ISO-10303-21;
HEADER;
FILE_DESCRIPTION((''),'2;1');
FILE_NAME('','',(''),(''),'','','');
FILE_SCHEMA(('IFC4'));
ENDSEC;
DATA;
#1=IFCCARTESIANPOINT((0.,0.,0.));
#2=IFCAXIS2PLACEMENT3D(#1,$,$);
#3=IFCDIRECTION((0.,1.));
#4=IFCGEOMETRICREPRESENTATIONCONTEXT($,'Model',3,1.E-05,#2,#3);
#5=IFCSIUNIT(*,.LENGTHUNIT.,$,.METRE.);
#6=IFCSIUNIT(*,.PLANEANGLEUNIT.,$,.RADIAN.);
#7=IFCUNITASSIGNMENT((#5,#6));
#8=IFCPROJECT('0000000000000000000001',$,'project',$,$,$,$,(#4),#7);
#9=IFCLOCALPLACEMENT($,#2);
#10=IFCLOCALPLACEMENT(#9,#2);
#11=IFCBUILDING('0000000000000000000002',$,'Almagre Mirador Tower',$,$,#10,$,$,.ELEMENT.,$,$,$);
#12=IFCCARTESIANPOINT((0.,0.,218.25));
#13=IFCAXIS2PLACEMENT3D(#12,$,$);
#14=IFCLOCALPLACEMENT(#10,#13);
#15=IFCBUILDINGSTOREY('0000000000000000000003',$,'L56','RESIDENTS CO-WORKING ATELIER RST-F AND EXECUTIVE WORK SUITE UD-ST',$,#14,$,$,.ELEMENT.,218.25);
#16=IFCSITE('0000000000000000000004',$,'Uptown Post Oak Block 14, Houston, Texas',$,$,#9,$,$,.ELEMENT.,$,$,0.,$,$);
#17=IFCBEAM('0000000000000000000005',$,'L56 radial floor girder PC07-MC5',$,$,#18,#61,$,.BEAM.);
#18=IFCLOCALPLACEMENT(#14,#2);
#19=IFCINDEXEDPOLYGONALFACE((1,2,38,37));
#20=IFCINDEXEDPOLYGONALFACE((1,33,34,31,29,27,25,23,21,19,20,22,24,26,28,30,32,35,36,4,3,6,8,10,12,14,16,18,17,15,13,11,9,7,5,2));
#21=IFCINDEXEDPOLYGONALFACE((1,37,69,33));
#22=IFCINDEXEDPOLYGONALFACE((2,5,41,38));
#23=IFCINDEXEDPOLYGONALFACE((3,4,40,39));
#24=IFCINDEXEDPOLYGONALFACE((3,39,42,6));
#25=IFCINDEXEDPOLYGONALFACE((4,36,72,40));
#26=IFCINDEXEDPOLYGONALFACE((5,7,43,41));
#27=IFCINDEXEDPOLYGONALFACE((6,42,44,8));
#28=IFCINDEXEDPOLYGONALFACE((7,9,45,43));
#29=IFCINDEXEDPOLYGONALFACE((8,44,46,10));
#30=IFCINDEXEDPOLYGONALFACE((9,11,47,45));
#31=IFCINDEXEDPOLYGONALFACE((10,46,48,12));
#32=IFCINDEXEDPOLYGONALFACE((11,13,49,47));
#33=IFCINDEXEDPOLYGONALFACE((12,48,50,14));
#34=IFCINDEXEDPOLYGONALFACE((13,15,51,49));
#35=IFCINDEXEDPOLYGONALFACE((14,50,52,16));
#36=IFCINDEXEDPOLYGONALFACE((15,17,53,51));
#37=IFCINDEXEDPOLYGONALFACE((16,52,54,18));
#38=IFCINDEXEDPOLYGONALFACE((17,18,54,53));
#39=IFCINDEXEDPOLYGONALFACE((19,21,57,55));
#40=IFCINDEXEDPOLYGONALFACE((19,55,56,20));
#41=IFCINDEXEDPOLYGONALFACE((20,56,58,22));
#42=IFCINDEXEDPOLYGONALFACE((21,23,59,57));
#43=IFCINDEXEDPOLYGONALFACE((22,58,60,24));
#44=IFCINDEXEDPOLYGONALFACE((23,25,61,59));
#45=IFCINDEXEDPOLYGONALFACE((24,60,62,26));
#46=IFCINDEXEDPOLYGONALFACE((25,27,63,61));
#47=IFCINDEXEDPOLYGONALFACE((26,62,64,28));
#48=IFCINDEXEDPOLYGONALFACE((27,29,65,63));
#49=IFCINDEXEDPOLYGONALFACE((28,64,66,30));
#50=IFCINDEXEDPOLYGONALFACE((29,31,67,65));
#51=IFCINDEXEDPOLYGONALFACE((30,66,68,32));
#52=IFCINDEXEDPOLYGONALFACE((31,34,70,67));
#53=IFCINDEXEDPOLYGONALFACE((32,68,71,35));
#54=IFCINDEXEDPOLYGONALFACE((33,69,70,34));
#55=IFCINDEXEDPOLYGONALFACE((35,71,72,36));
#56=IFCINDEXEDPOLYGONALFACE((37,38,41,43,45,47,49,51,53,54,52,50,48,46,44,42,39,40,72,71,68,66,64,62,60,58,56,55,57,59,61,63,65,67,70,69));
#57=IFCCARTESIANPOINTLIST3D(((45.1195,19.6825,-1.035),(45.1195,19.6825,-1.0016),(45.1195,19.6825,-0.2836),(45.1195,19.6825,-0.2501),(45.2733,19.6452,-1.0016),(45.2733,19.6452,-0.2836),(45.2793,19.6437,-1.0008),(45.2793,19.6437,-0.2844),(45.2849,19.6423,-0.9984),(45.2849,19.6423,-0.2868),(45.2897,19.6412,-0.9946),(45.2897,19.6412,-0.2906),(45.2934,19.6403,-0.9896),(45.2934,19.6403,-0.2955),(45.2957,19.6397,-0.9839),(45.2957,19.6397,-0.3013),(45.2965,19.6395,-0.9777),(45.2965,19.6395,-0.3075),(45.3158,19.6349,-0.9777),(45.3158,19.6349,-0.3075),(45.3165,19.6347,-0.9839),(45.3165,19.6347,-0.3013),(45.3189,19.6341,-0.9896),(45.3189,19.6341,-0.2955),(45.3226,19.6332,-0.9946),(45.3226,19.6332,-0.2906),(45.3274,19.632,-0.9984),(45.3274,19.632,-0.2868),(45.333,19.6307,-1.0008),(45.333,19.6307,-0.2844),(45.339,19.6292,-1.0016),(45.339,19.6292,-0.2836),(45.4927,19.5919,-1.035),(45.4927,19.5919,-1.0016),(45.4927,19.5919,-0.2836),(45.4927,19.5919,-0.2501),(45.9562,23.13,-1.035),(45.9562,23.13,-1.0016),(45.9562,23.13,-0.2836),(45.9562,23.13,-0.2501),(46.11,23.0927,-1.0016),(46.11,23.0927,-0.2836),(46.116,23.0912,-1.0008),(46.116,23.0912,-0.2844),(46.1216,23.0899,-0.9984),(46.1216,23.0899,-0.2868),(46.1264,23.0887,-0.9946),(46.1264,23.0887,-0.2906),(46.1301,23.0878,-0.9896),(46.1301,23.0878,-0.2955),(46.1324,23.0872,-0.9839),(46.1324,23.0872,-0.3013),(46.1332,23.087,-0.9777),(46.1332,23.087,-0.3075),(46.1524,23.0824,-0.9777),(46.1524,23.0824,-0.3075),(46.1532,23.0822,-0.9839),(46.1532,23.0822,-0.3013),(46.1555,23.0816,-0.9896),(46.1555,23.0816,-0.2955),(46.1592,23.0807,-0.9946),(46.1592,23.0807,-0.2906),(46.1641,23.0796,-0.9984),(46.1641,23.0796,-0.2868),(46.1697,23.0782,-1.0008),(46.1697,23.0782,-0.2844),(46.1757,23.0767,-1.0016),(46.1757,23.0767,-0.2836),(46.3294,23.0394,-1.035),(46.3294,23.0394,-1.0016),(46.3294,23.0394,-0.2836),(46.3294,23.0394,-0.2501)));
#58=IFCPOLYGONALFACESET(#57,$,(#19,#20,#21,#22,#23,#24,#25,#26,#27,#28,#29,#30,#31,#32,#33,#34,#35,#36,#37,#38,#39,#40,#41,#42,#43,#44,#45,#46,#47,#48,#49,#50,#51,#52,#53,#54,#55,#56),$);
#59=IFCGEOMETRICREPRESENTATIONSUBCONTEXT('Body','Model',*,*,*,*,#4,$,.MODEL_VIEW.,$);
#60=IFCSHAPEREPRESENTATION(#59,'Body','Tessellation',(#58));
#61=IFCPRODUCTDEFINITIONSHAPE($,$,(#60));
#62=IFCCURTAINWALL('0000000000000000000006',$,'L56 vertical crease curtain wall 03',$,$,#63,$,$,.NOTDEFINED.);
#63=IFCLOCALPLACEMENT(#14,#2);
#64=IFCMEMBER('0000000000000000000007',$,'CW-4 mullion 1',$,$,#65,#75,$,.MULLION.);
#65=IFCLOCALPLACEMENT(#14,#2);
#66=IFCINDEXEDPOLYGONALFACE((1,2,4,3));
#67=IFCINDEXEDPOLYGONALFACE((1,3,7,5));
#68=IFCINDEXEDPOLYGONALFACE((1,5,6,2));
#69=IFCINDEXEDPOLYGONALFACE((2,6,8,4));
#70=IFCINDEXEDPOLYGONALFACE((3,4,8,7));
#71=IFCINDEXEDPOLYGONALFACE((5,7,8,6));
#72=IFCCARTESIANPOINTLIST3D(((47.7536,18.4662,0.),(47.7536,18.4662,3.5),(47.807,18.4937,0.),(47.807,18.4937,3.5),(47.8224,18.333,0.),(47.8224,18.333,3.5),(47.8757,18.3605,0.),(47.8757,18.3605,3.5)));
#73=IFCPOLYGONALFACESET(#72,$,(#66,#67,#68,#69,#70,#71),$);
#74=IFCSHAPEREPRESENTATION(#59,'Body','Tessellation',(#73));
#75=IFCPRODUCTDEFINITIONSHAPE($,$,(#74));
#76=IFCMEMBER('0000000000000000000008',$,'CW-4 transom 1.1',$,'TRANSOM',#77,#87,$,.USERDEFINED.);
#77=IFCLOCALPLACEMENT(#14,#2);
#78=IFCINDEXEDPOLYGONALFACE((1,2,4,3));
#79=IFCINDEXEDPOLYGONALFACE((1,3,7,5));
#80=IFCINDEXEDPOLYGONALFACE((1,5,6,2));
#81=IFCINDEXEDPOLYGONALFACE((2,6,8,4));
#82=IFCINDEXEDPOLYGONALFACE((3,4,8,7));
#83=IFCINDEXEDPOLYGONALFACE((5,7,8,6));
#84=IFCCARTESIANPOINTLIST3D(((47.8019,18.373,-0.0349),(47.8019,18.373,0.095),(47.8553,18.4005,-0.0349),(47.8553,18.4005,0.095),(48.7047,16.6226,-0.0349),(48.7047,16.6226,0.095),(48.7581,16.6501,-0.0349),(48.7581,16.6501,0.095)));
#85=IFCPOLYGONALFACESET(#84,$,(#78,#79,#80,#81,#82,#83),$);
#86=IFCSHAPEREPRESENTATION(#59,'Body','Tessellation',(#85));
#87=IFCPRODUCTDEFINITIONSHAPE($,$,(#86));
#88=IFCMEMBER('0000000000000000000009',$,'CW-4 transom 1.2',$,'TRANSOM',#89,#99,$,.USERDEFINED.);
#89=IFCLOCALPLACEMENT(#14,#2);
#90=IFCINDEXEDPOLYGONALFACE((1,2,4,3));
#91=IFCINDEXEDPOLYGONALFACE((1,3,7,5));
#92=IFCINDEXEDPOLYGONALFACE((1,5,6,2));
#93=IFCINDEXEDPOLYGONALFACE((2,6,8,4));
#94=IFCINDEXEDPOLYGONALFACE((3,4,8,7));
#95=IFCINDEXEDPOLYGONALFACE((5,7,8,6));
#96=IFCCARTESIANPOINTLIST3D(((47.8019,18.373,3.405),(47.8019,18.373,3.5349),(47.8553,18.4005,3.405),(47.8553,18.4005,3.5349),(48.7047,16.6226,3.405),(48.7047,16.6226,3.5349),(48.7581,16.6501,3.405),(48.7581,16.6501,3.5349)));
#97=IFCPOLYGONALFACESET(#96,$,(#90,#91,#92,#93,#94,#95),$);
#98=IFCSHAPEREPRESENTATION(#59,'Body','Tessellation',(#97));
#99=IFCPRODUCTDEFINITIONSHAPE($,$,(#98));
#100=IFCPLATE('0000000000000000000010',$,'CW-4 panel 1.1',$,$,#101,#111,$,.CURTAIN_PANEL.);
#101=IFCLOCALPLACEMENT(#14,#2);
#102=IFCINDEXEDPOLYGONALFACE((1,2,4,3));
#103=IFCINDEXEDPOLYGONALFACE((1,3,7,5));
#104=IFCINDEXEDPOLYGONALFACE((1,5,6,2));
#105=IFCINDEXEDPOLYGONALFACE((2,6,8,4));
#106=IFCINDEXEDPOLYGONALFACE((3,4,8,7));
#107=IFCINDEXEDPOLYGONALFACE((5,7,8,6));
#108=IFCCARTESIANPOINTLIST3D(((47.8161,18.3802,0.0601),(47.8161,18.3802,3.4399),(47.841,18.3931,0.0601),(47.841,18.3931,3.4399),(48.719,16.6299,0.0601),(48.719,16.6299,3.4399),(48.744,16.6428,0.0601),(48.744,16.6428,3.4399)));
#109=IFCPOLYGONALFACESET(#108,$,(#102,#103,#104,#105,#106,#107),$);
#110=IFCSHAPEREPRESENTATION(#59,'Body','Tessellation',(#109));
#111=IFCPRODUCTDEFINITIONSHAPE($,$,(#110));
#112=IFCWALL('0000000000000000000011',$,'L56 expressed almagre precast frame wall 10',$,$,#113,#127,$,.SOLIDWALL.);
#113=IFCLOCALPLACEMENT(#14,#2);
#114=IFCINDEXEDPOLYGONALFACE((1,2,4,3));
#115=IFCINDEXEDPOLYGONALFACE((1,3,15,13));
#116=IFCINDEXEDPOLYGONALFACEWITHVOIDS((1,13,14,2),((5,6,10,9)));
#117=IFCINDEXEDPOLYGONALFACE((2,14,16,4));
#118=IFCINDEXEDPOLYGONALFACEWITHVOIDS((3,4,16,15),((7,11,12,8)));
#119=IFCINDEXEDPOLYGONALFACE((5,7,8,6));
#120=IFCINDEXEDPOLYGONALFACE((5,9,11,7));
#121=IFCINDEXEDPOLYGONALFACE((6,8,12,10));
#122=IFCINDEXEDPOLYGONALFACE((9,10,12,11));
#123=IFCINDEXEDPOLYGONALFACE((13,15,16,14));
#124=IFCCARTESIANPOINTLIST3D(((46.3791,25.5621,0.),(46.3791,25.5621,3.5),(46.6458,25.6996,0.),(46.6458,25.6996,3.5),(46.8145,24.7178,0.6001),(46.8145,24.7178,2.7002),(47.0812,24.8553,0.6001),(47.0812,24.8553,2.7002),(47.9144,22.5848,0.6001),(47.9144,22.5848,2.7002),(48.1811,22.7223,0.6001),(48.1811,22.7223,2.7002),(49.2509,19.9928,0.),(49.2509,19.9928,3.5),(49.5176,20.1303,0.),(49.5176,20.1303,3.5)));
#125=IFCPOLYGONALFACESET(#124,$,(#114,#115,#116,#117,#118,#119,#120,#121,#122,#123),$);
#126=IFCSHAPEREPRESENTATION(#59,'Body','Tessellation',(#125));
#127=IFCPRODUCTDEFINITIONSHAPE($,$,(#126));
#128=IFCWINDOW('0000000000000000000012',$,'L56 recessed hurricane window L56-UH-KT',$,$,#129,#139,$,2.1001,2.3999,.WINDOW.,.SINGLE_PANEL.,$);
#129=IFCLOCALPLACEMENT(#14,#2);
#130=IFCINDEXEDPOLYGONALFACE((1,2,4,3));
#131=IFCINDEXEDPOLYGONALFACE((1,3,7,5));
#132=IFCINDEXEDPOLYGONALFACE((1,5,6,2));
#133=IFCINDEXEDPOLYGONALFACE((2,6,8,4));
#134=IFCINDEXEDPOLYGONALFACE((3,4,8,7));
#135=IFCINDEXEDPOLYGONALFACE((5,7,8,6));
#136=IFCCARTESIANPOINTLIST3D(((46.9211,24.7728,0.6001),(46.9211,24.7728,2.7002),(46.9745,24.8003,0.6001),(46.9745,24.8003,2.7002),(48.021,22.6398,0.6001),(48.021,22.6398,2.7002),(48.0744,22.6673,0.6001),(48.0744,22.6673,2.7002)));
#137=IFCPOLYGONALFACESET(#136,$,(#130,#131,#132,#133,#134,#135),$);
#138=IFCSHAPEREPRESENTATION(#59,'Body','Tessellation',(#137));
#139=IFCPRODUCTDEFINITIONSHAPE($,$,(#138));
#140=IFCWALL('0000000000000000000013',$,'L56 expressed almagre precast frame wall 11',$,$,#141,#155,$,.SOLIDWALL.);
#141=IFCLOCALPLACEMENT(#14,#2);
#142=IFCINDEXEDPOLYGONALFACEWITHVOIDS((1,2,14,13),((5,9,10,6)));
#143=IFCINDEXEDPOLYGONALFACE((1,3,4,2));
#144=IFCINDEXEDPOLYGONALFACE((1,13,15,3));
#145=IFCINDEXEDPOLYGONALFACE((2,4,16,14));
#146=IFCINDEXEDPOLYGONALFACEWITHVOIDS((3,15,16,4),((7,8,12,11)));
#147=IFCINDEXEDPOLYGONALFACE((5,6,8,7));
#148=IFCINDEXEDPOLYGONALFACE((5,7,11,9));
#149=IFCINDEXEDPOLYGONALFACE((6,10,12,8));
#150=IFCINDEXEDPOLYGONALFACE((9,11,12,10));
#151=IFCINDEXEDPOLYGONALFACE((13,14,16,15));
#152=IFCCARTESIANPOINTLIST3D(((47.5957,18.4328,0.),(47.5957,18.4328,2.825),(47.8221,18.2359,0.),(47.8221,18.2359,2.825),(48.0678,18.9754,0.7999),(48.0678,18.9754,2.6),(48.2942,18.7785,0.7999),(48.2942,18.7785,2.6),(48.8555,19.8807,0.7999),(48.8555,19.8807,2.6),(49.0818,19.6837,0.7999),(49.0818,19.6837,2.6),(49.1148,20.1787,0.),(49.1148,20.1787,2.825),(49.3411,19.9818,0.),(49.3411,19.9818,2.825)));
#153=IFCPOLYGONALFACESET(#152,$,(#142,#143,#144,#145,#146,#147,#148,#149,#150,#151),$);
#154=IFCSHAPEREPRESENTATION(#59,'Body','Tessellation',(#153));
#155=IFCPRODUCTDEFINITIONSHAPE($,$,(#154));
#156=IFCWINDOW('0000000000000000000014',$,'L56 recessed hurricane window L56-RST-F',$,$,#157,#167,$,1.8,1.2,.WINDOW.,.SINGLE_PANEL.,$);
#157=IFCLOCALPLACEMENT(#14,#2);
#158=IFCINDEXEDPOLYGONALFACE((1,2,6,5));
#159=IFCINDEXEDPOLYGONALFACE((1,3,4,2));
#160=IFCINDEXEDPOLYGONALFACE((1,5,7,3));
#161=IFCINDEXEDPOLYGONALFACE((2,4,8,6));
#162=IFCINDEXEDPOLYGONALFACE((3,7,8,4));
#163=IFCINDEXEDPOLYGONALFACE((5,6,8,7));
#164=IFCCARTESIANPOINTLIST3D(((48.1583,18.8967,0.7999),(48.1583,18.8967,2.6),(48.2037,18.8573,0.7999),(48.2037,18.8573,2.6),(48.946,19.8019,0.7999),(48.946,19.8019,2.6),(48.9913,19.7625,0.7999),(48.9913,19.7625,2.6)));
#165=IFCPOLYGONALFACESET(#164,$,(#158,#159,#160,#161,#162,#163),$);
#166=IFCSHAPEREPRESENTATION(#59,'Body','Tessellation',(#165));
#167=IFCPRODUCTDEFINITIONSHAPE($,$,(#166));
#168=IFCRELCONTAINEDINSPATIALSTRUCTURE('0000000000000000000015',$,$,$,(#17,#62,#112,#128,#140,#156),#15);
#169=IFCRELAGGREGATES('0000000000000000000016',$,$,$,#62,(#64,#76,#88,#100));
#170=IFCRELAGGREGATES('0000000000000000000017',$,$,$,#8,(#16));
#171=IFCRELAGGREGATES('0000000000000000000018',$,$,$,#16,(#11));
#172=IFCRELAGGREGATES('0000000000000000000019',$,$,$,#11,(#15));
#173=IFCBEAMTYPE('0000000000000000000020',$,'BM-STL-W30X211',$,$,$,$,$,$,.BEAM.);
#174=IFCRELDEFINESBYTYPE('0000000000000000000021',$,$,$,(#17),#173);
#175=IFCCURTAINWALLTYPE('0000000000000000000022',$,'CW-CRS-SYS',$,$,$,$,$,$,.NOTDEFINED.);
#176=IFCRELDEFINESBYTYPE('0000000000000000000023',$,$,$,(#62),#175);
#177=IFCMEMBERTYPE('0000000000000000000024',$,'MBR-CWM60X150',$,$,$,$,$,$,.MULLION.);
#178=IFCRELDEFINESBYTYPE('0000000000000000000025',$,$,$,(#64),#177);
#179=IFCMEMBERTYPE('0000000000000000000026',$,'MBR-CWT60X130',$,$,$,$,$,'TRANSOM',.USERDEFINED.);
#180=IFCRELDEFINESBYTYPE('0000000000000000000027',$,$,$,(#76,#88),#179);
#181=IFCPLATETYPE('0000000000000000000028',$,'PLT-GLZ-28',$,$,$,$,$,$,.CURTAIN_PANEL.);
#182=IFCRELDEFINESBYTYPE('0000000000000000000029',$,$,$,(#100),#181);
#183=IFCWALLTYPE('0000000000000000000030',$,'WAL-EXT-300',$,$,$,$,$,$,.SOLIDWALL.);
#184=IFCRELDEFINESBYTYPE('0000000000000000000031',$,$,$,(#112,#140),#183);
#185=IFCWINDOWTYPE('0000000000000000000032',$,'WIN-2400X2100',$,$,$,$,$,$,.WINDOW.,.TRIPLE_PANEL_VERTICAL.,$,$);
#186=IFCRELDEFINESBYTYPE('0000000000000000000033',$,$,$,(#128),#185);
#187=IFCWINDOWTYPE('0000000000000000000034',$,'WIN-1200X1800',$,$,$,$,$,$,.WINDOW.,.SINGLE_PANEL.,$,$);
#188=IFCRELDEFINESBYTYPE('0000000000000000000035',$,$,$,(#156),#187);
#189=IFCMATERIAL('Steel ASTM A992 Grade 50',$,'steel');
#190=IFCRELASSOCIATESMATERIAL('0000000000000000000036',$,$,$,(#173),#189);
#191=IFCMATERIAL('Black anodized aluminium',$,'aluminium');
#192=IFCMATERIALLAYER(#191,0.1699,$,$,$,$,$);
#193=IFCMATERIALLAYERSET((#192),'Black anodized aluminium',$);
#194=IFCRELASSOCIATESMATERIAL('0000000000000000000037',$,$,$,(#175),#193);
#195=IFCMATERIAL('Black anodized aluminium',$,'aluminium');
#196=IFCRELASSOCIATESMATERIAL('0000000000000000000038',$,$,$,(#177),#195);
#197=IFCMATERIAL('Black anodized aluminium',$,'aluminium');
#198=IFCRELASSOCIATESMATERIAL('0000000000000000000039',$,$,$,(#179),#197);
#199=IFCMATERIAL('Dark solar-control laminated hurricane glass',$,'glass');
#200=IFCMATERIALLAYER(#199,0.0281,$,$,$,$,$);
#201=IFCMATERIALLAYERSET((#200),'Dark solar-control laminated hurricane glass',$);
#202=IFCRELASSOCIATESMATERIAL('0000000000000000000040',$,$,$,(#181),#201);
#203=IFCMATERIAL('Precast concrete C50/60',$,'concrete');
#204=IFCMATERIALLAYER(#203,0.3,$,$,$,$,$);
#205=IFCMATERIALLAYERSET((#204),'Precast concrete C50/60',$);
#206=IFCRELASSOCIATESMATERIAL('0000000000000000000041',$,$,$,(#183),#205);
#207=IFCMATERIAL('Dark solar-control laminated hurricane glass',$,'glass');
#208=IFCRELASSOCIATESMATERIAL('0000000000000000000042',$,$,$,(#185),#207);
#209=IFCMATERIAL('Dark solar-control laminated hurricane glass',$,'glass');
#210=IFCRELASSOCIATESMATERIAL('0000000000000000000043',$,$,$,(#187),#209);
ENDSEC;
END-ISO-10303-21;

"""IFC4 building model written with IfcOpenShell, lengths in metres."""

from ifc_helpers import new_model, si_unit, direction, frame, frame_2d, origin, origin_2d, place, context, subcontext, project, spatial, rectangle, i_section, extrude, material, layer, layer_set, material_profile, profile_set, type_object, element, fill, aggregate, save


model = new_model("IFC4")

# Units and contexts
model_context = context("Model", 3, precision=1e-05, world=origin(), true_north=direction((0.0, 1.0)))
body_context = subcontext(model_context, "Body", "Model", "MODEL_VIEW")
ifc_project = project(units=[si_unit("LENGTHUNIT", "METRE"), si_unit("PLANEANGLEUNIT", "RADIAN")], contexts=[model_context])

# Site, building, storey
site_placement = place(None, origin())
site = spatial("IfcSite", under=ifc_project, at=site_placement, Name="Uptown Post Oak Block 14, Houston, Texas", CompositionType="ELEMENT", RefElevation=0.0)
building_placement = place(site_placement, origin())
building = spatial("IfcBuilding", under=site, at=building_placement, Name="Almagre Mirador Tower", CompositionType="ELEMENT")
storey_placement = place(building_placement, frame((0.0, 0.0, 218.25)))
storey = spatial("IfcBuildingStorey", under=building, at=storey_placement, Name="L56", Description="RESIDENTS CO-WORKING ATELIER RST-F AND EXECUTIVE WORK SUITE UD-ST", CompositionType="ELEMENT", Elevation=218.25)

# Beam
ifc_material_1 = material(Name="Steel ASTM A992 Grade 50", Category="steel")
ifc_material_profile_1 = material_profile(ifc_material_1, i_section(OverallWidth=0.384, OverallDepth=0.7849, WebThickness=0.0198, FlangeThickness=0.0334, FilletRadius=0.0239, at=origin_2d()), Name="W30X211")
ifc_profile_set_1 = profile_set([ifc_material_profile_1], Name="Steel ASTM A992 Grade 50")
beam_type_1 = type_object("IfcBeamType", Name="BM-STL-W30X211", PredefinedType="BEAM", material=ifc_profile_set_1)
beam_1_placement = place(storey_placement, frame((46.1428, 23.0847, -0.6426), z_axis=(-0.235842, -0.971791, 0.0), x_axis=(0.971791, -0.235842, 0.0)))
element("IfcBeam", 1, at=beam_1_placement, inside=storey, type_object=beam_type_1, Name="L56 radial floor girder PC07-MC5", PredefinedType="BEAM", context=body_context, shape_type="SweptSolid", body=[
    extrude(i_section(OverallWidth=0.384, OverallDepth=0.7849, WebThickness=0.0198, FlangeThickness=0.0334, FilletRadius=0.0239, at=origin_2d()), origin(), (0.0, 0.0, 1.0), 3.5476),
])

# Curtain wall, members, plate
ifc_material_2 = material(Name="Black anodized aluminium", Category="aluminium")
ifc_layer_1 = layer(ifc_material_2, 0.1699)
ifc_layer_set_1 = layer_set([ifc_layer_1], Name="Black anodized aluminium")
curtain_wall_type = type_object("IfcCurtainWallType", Name="CW-CRS-SYS", PredefinedType="NOTDEFINED", material=ifc_layer_set_1)
curtain_wall_placement = place(storey_placement, origin())
curtain_wall = element("IfcCurtainWall", 2, at=curtain_wall_placement, inside=storey, type_object=curtain_wall_type, Name="L56 vertical crease curtain wall 03", PredefinedType="NOTDEFINED")
ifc_material_3 = material(Name="Black anodized aluminium", Category="aluminium")
ifc_material_profile_2 = material_profile(ifc_material_3, rectangle(XDim=0.0601, YDim=0.1499, at=origin_2d()), Name="CWM60X150")
ifc_profile_set_2 = profile_set([ifc_material_profile_2], Name="Black anodized aluminium")
member_type_1 = type_object("IfcMemberType", Name="MBR-CWM60X150", PredefinedType="MULLION", material=ifc_profile_set_2)
member_1_placement = place(storey_placement, frame((47.8147, 18.4133, 0.0), z_axis=(0.0, 0.0, 1.0), x_axis=(0.888709, 0.458472, 0.0)))
member_1 = element("IfcMember", 3, at=member_1_placement, type_object=member_type_1, Name="CW-4 mullion 1", PredefinedType="MULLION", context=body_context, shape_type="SweptSolid", body=[
    extrude(rectangle(XDim=0.0601, YDim=0.1499, at=origin_2d()), origin(), (0.0, 0.0, 1.0), 3.5),
])
ifc_material_4 = material(Name="Black anodized aluminium", Category="aluminium")
ifc_material_profile_3 = material_profile(ifc_material_4, rectangle(XDim=0.0601, YDim=0.1299, at=origin_2d()), Name="CWT60X130")
ifc_profile_set_3 = profile_set([ifc_material_profile_3], Name="Black anodized aluminium")
member_type_2 = type_object("IfcMemberType", Name="MBR-CWT60X130", ElementType="TRANSOM", PredefinedType="USERDEFINED", material=ifc_profile_set_3)
member_2_placement = place(storey_placement, frame((47.8286, 18.3867, 0.03), z_axis=(0.458384, -0.888754, 0.0), x_axis=(0.888754, 0.458384, 0.0)))
member_2 = element("IfcMember", 4, at=member_2_placement, type_object=member_type_2, Name="CW-4 transom 1.1", ObjectType="TRANSOM", PredefinedType="USERDEFINED", context=body_context, shape_type="SweptSolid", body=[
    extrude(rectangle(XDim=0.0601, YDim=0.1299, at=origin_2d()), origin(), (0.0, 0.0, 1.0), 1.9695),
])
member_3_placement = place(storey_placement, frame((47.8286, 18.3867, 3.47), z_axis=(0.458384, -0.888754, 0.0), x_axis=(0.888754, 0.458384, 0.0)))
member_3 = element("IfcMember", 5, at=member_3_placement, type_object=member_type_2, Name="CW-4 transom 1.2", ObjectType="TRANSOM", PredefinedType="USERDEFINED", context=body_context, shape_type="SweptSolid", body=[
    extrude(rectangle(XDim=0.0601, YDim=0.1299, at=origin_2d()), origin(), (0.0, 0.0, 1.0), 1.9695),
])
ifc_material_5 = material(Name="Dark solar-control laminated hurricane glass", Category="glass")
ifc_layer_2 = layer(ifc_material_5, 0.0281)
ifc_layer_set_2 = layer_set([ifc_layer_2], Name="Dark solar-control laminated hurricane glass")
plate_type = type_object("IfcPlateType", Name="PLT-GLZ-28", PredefinedType="CURTAIN_PANEL", material=ifc_layer_set_2)
plate_placement = place(storey_placement, frame((48.28, 17.5115, 0.0601), z_axis=(0.0, 0.0, 1.0), x_axis=(0.458472, -0.888709, 0.0)))
plate = element("IfcPlate", 6, at=plate_placement, type_object=plate_type, Name="CW-4 panel 1.1", PredefinedType="CURTAIN_PANEL", context=body_context, shape_type="SweptSolid", body=[
    extrude(rectangle(XDim=1.9695, YDim=0.0281, at=origin_2d()), origin(), (0.0, 0.0, 1.0), 3.3799),
])
aggregate(curtain_wall, [member_1, member_2, member_3, plate])

# Walls, openings, windows
ifc_material_6 = material(Name="Precast concrete C50/60", Category="concrete")
ifc_layer_3 = layer(ifc_material_6, 0.3)
ifc_layer_set_3 = layer_set([ifc_layer_3], Name="Precast concrete C50/60")
wall_type_1 = type_object("IfcWallType", Name="WAL-EXT-300", PredefinedType="SOLIDWALL", material=ifc_layer_set_3)
wall_1_placement = place(storey_placement, frame((46.5125, 25.6309, 0.0), z_axis=(0.0, 0.0, 1.0), x_axis=(0.458306, -0.888794, 0.0)))
wall_1 = element("IfcWall", 7, at=wall_1_placement, inside=storey, type_object=wall_type_1, Name="L56 expressed almagre precast frame wall 10", PredefinedType="SOLIDWALL", context=body_context, shape_type="SweptSolid", body=[
    extrude(rectangle(XDim=6.2661, YDim=0.3, at=frame_2d((3.1331, 0.0))), origin(), (0.0, 0.0, 1.0), 3.5),
])
opening_1_placement = place(wall_1_placement, frame((0.95, 0.0, 0.6001)))
opening_1 = element("IfcOpeningElement", 8, at=opening_1_placement, cuts=wall_1, PredefinedType="OPENING", context=body_context, shape_type="SweptSolid", body=[
    extrude(rectangle(XDim=2.3999, YDim=2.1001, at=frame_2d((1.2, 1.05))), frame((0.0, 0.1599, 0.0), z_axis=(0.0, -1.0, 0.0), x_axis=(1.0, 0.0, 0.0)), (0.0, 0.0, 1.0), 0.32),
])
ifc_material_7 = material(Name="Dark solar-control laminated hurricane glass", Category="glass")
window_type_1 = type_object("IfcWindowType", Name="WIN-2400X2100", PartitioningType="TRIPLE_PANEL_VERTICAL", PredefinedType="WINDOW", material=ifc_material_7)
window_1_placement = place(opening_1_placement, origin())
window_1 = element("IfcWindow", 9, at=window_1_placement, inside=storey, type_object=window_type_1, Name="L56 recessed hurricane window L56-UH-KT", OverallHeight=2.1001, OverallWidth=2.3999, PartitioningType="SINGLE_PANEL", PredefinedType="WINDOW", context=body_context, shape_type="SweptSolid", body=[
    extrude(rectangle(XDim=2.3999, YDim=2.1001, at=frame_2d((1.2, 1.05))), frame((0.0, 0.03, 0.0), z_axis=(0.0, -1.0, 0.0), x_axis=(1.0, 0.0, 0.0)), (0.0, 0.0, 1.0), 0.0601),
])
fill(opening_1, window_1)
wall_2_placement = place(storey_placement, frame((49.228, 20.0803, 0.0), z_axis=(0.0, 0.0, 1.0), x_axis=(-0.656403, -0.75441, 0.0)))
wall_2 = element("IfcWall", 10, at=wall_2_placement, inside=storey, type_object=wall_type_1, Name="L56 expressed almagre precast frame wall 11", PredefinedType="SOLIDWALL", context=body_context, shape_type="SweptSolid", body=[
    extrude(rectangle(XDim=2.3142, YDim=0.3, at=frame_2d((1.1572, 0.0))), origin(), (0.0, 0.0, 1.0), 2.825),
])
opening_2_placement = place(wall_2_placement, frame((0.395, 0.0, 0.8)))
opening_2 = element("IfcOpeningElement", 11, at=opening_2_placement, cuts=wall_2, PredefinedType="OPENING", context=body_context, shape_type="SweptSolid", body=[
    extrude(rectangle(XDim=1.2, YDim=1.8, at=frame_2d((0.6001, 0.8999))), frame((0.0, 0.1599, 0.0), z_axis=(0.0, -1.0, 0.0), x_axis=(1.0, 0.0, 0.0)), (0.0, 0.0, 1.0), 0.32),
])
ifc_material_8 = material(Name="Dark solar-control laminated hurricane glass", Category="glass")
window_type_2 = type_object("IfcWindowType", Name="WIN-1200X1800", PartitioningType="SINGLE_PANEL", PredefinedType="WINDOW", material=ifc_material_8)
window_2_placement = place(opening_2_placement, origin())
window_2 = element("IfcWindow", 12, at=window_2_placement, inside=storey, type_object=window_type_2, Name="L56 recessed hurricane window L56-RST-F", OverallHeight=1.8, OverallWidth=1.2, PartitioningType="SINGLE_PANEL", PredefinedType="WINDOW", context=body_context, shape_type="SweptSolid", body=[
    extrude(rectangle(XDim=1.2, YDim=1.8, at=frame_2d((0.6001, 0.8999))), frame((0.0, 0.03, 0.0), z_axis=(0.0, -1.0, 0.0), x_axis=(1.0, 0.0, 0.0)), (0.0, 0.0, 1.0), 0.0601),
])
fill(opening_2, window_2)

save(model, "model.ifc")
